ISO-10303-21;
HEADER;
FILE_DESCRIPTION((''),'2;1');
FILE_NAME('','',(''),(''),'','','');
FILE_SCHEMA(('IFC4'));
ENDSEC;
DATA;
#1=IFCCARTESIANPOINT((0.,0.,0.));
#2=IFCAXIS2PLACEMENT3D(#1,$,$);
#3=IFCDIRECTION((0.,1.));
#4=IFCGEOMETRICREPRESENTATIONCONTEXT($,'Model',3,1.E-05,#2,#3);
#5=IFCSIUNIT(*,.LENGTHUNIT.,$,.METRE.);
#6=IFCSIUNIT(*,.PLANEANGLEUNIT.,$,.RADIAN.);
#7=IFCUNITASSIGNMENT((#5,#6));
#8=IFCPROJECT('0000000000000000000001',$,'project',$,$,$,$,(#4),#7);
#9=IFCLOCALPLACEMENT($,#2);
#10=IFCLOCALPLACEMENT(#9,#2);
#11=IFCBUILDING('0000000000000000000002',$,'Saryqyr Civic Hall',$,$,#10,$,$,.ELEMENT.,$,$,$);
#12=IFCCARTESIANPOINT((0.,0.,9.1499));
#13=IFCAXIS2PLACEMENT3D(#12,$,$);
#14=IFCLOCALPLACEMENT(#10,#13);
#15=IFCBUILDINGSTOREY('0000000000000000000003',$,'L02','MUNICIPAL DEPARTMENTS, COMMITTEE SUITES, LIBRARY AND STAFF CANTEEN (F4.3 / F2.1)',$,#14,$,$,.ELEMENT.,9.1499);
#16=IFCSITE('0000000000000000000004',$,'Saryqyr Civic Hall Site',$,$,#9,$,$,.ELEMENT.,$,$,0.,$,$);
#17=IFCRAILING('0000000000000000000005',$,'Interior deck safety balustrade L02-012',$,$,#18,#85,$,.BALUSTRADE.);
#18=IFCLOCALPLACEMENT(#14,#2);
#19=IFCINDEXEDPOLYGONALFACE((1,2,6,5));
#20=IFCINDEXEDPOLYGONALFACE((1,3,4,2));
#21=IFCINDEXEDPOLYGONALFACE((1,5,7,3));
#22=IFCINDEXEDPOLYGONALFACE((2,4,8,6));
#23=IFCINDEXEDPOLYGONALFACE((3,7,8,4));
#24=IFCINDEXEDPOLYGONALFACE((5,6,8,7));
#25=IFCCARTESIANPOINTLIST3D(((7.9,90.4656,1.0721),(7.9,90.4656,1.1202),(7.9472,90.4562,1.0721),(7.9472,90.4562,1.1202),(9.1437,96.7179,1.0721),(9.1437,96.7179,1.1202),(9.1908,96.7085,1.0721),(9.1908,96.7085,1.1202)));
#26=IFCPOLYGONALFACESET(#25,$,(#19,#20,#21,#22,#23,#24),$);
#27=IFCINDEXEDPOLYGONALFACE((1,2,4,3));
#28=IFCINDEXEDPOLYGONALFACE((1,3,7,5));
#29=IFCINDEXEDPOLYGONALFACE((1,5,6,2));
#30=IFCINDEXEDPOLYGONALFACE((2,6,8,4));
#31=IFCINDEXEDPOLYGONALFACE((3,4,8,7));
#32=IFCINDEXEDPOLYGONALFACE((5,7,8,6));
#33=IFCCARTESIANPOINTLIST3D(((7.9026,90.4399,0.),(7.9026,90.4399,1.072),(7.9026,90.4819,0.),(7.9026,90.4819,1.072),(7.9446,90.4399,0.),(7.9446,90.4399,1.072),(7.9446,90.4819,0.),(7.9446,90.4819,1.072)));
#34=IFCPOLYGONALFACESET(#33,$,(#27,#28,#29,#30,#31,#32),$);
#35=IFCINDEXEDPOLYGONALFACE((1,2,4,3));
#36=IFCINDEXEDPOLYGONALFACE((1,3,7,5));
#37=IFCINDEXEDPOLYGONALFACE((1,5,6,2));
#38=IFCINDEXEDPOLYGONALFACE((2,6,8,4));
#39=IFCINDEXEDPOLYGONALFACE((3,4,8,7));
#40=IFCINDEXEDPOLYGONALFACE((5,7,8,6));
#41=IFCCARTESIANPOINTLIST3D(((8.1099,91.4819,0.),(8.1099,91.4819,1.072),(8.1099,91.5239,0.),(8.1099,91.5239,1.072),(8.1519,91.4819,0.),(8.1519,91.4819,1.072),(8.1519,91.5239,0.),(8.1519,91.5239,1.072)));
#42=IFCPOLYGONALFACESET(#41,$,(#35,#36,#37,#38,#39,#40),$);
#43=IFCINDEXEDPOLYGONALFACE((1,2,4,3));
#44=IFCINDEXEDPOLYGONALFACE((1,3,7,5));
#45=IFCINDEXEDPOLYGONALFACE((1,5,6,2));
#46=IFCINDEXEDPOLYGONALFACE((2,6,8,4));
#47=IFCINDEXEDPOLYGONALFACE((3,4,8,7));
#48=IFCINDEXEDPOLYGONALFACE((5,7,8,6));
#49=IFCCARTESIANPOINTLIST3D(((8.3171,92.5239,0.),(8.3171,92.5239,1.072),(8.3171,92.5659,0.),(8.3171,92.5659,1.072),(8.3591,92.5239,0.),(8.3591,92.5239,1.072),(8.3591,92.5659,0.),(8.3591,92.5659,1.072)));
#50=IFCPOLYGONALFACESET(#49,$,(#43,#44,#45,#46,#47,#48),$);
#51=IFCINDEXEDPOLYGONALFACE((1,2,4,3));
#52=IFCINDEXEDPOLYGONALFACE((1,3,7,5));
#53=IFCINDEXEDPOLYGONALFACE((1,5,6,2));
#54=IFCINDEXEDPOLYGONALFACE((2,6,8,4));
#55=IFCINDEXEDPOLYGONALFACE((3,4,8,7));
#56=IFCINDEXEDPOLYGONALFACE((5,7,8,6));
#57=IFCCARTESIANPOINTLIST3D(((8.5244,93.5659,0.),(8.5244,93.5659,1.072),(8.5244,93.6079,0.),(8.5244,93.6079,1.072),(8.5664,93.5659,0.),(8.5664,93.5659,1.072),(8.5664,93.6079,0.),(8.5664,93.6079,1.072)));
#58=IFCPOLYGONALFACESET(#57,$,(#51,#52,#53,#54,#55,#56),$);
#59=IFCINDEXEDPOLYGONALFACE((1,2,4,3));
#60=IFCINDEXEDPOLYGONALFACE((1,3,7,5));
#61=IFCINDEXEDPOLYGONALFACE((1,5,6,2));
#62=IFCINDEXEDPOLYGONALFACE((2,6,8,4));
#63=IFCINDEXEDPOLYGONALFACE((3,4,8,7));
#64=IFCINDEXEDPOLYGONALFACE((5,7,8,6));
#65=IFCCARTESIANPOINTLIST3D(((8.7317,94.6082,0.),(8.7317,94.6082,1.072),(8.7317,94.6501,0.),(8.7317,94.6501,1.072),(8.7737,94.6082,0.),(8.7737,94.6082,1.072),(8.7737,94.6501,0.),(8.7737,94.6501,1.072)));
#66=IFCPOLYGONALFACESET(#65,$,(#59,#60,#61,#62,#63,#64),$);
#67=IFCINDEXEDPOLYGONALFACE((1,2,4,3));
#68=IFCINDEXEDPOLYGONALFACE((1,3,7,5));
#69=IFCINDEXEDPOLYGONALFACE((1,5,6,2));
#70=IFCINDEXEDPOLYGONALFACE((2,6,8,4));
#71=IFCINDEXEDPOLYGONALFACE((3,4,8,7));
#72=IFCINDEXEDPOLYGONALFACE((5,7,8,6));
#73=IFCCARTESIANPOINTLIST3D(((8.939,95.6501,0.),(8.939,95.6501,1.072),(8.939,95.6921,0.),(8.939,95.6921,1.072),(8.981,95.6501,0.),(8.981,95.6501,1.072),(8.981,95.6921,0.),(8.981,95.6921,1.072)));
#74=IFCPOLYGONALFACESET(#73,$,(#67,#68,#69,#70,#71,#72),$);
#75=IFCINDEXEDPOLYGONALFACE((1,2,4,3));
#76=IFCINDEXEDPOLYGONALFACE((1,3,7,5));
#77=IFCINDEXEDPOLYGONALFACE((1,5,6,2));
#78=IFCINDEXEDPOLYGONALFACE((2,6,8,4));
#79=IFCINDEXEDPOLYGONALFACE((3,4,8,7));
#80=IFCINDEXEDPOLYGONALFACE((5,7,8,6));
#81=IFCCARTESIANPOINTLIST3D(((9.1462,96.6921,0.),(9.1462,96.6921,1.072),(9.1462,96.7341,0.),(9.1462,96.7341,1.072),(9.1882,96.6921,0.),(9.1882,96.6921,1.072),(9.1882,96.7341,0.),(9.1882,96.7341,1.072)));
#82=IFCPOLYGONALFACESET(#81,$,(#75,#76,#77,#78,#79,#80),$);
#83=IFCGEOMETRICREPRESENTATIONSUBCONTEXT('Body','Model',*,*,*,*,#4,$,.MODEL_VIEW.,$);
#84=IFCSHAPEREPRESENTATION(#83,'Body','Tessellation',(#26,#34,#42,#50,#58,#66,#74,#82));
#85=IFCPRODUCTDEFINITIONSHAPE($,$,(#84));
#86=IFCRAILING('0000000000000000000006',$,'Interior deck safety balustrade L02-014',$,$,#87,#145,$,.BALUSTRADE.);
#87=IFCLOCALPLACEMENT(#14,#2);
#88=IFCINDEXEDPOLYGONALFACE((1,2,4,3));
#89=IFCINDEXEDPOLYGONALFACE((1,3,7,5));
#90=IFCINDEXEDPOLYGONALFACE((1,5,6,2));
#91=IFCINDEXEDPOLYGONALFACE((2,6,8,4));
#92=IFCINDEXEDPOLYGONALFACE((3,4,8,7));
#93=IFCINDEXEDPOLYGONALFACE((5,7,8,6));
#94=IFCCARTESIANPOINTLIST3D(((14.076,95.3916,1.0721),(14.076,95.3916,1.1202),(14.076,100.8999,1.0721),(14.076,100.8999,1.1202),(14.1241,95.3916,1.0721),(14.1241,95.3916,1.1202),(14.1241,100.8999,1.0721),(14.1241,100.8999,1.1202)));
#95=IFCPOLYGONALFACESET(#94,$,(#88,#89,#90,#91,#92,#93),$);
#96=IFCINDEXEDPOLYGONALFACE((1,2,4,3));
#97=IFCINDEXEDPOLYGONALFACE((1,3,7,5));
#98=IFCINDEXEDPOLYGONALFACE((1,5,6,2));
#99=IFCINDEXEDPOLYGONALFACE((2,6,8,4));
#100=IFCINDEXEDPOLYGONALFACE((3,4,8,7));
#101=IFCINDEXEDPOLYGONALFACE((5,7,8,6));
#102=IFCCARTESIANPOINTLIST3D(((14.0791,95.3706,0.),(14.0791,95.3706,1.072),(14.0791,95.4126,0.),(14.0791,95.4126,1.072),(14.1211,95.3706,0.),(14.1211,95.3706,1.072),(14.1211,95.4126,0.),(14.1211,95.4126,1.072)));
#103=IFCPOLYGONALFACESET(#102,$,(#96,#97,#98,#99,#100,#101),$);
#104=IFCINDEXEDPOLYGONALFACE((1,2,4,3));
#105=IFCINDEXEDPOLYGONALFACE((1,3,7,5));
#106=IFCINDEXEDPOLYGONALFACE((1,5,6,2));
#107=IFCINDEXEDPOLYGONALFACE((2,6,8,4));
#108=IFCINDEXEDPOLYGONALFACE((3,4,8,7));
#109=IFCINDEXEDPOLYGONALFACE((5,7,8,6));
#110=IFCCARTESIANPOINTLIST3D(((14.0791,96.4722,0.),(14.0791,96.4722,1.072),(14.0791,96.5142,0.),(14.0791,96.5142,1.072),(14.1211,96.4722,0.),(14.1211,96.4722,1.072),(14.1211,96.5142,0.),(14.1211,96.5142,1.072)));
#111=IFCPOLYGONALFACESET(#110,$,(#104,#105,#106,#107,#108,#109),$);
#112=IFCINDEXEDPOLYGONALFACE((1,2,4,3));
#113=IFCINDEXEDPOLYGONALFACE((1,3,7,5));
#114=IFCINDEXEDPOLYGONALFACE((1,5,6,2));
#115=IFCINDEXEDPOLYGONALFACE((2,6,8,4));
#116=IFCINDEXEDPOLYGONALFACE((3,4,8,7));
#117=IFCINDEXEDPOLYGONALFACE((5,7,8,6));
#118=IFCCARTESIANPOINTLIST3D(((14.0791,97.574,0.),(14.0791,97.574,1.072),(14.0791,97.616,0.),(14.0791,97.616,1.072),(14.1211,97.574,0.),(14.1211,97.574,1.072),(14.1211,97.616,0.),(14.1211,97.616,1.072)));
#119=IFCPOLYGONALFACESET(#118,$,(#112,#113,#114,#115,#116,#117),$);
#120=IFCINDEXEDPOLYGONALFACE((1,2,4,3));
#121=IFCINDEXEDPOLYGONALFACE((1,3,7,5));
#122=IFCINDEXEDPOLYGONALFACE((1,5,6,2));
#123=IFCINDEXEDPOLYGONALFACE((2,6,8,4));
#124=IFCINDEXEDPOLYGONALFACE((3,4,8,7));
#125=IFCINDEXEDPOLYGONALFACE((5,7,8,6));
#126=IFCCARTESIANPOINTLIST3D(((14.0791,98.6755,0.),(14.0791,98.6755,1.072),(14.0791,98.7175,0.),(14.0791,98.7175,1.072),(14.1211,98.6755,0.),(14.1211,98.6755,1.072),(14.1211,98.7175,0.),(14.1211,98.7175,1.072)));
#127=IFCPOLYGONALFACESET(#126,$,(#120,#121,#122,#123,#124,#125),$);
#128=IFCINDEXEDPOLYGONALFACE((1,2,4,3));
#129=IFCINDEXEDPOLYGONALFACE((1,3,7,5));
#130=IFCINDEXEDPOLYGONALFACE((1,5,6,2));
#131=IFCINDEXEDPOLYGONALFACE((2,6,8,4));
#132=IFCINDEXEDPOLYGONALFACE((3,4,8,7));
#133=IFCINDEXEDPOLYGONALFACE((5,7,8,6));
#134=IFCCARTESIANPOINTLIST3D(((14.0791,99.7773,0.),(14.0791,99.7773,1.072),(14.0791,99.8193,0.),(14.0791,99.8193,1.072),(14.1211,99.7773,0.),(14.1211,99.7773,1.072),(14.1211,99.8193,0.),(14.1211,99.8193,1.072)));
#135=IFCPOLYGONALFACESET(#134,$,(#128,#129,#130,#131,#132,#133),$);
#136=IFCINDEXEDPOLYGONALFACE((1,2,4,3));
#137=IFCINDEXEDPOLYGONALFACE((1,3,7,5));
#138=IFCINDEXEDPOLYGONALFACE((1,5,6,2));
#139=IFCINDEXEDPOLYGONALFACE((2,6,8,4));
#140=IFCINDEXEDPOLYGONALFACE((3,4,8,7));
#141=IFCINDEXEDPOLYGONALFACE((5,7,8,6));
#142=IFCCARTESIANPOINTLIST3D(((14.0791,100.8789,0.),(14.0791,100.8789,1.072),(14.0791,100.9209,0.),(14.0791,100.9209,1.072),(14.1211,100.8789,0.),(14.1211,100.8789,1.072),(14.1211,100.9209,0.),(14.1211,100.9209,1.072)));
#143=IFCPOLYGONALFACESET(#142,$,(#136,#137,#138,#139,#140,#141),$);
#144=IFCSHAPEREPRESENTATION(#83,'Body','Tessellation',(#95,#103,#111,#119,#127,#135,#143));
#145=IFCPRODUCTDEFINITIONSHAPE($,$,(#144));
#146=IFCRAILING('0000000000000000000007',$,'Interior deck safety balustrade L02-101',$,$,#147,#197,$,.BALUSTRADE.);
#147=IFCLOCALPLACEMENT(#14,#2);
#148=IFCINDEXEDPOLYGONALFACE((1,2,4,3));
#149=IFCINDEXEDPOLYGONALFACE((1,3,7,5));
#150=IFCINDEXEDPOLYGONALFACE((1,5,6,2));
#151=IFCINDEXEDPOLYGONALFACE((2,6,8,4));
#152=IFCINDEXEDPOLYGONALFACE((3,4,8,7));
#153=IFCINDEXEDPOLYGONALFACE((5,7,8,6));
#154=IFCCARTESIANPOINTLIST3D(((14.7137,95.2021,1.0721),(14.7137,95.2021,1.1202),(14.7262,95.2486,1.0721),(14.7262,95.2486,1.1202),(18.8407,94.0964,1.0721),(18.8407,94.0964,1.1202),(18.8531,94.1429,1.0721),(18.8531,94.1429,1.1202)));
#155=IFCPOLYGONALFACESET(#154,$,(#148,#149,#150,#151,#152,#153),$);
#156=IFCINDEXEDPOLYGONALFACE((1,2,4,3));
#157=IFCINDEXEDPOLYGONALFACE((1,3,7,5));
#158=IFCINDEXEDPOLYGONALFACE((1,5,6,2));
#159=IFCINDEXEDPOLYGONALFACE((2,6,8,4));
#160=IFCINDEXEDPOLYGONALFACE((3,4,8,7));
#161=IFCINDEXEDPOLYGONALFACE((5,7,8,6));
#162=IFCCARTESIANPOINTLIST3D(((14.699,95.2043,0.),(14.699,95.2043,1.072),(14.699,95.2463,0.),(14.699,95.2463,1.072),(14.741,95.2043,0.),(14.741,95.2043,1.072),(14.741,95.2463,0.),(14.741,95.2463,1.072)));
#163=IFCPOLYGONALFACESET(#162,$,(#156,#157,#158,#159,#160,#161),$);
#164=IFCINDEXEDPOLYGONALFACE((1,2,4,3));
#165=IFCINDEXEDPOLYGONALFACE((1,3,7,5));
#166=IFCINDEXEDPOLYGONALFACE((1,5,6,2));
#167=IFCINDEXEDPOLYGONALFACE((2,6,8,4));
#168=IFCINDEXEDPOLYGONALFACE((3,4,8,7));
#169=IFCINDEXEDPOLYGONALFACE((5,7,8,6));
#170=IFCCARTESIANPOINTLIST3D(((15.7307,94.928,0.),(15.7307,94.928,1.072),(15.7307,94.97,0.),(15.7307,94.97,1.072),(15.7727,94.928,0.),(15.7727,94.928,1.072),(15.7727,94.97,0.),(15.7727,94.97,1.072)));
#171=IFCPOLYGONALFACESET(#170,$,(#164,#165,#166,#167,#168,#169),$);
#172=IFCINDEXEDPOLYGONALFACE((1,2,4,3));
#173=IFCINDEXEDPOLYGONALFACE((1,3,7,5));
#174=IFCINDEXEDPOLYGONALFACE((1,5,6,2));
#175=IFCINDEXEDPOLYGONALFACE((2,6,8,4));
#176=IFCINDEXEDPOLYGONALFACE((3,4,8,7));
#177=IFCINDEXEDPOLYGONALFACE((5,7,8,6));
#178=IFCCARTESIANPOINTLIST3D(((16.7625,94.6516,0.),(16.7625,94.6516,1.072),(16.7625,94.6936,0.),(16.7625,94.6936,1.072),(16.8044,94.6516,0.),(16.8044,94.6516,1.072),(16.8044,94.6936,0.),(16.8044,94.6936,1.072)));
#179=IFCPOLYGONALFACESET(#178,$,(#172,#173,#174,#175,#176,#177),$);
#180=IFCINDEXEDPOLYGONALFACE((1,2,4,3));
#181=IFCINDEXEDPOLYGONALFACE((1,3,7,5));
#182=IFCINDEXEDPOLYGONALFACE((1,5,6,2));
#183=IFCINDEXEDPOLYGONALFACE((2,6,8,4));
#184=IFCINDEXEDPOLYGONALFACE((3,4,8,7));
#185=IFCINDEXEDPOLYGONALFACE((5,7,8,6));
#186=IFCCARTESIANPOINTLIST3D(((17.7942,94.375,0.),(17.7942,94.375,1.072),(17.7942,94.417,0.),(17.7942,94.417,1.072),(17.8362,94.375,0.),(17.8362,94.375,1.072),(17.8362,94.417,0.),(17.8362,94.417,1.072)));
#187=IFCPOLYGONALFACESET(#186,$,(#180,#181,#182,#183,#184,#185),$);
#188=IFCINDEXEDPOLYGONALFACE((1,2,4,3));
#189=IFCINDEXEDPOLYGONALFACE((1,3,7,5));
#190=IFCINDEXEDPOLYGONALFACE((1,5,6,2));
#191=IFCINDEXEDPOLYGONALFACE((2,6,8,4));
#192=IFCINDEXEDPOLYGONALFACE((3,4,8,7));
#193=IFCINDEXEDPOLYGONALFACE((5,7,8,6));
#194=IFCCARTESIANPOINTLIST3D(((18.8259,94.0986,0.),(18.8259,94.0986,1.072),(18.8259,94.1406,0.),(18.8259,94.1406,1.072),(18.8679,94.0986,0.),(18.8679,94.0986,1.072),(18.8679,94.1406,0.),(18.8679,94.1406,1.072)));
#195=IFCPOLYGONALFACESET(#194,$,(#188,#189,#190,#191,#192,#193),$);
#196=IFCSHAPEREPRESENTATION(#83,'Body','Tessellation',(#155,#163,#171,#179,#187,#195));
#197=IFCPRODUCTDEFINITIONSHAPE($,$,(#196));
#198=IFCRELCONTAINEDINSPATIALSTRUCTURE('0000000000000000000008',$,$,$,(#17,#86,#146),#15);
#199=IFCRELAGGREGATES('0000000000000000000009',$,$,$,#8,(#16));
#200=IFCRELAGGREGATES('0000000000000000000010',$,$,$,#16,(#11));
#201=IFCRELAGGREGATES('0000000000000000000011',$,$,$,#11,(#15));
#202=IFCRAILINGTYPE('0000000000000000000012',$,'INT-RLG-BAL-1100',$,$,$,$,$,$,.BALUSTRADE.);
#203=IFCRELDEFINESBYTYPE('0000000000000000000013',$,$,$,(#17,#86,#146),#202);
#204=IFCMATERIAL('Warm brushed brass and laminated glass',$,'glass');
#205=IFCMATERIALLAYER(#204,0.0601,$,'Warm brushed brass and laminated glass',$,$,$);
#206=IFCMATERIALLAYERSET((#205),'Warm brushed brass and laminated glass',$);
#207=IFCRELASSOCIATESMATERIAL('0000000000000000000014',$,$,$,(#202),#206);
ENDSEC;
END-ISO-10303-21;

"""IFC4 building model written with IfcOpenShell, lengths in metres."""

from ifc_helpers import new_model, si_unit, direction, frame, origin, origin_2d, place, context, subcontext, project, spatial, rectangle, extrude, material, layer, layer_set, type_object, element, save


model = new_model("IFC4")

# Units and contexts
model_context = context("Model", 3, precision=1e-05, world=origin(), true_north=direction((0.0, 1.0)))
body_context = subcontext(model_context, "Body", "Model", "MODEL_VIEW")
ifc_project = project(units=[si_unit("LENGTHUNIT", "METRE"), si_unit("PLANEANGLEUNIT", "RADIAN")], contexts=[model_context])

# Site, building, storey
site_placement = place(None, origin())
site = spatial("IfcSite", under=ifc_project, at=site_placement, Name="Saryqyr Civic Hall Site", CompositionType="ELEMENT", RefElevation=0.0)
building_placement = place(site_placement, origin())
building = spatial("IfcBuilding", under=site, at=building_placement, Name="Saryqyr Civic Hall", CompositionType="ELEMENT")
storey_placement = place(building_placement, frame((0.0, 0.0, 9.1499)))
storey = spatial("IfcBuildingStorey", under=building, at=storey_placement, Name="L02", Description="MUNICIPAL DEPARTMENTS, COMMITTEE SUITES, LIBRARY AND STAFF CANTEEN (F4.3 / F2.1)", CompositionType="ELEMENT", Elevation=9.1499)

# Railings
ifc_material_1 = material(Name="Warm brushed brass and laminated glass", Category="glass")
ifc_layer_1 = layer(ifc_material_1, 0.0601, Name="Warm brushed brass and laminated glass")
ifc_layer_set_1 = layer_set([ifc_layer_1], Name="Warm brushed brass and laminated glass")
railing_type = type_object("IfcRailingType", Name="INT-RLG-BAL-1100", PredefinedType="BALUSTRADE", material=ifc_layer_set_1)
railing_1_placement = place(storey_placement, frame((7.9236, 90.4609, 0.0)))
element("IfcRailing", 1, at=railing_1_placement, inside=storey, type_object=railing_type, Name="Interior deck safety balustrade L02-012", PredefinedType="BALUSTRADE", context=body_context, shape_type="SweptSolid", body=[
    extrude(rectangle(XDim=0.0481, YDim=0.0481, at=origin_2d()), frame((0.0, 0.0, 1.0962), z_axis=(0.195092, 0.980785, 0.0), x_axis=(-0.980785, 0.195092, 0.0)), (0.0, 0.0, 1.0), 6.3748),
    extrude(rectangle(XDim=0.042, YDim=0.042, at=origin_2d()), origin(), (0.0, 0.0, 1.0), 1.072),
    extrude(rectangle(XDim=0.042, YDim=0.042, at=origin_2d()), frame((0.2073, 1.042, 0.0)), (0.0, 0.0, 1.0), 1.072),
    extrude(rectangle(XDim=0.042, YDim=0.042, at=origin_2d()), frame((0.4146, 2.084, 0.0)), (0.0, 0.0, 1.0), 1.072),
    extrude(rectangle(XDim=0.042, YDim=0.042, at=origin_2d()), frame((0.6218, 3.126, 0.0)), (0.0, 0.0, 1.0), 1.072),
    extrude(rectangle(XDim=0.042, YDim=0.042, at=origin_2d()), frame((0.8291, 4.1682, 0.0)), (0.0, 0.0, 1.0), 1.072),
    extrude(rectangle(XDim=0.042, YDim=0.042, at=origin_2d()), frame((1.0364, 5.2102, 0.0)), (0.0, 0.0, 1.0), 1.072),
    extrude(rectangle(XDim=0.042, YDim=0.042, at=origin_2d()), frame((1.2437, 6.2522, 0.0)), (0.0, 0.0, 1.0), 1.072),
])
railing_2_placement = place(storey_placement, frame((14.1001, 95.3916, 0.0)))
element("IfcRailing", 2, at=railing_2_placement, inside=storey, type_object=railing_type, Name="Interior deck safety balustrade L02-014", PredefinedType="BALUSTRADE", context=body_context, shape_type="SweptSolid", body=[
    extrude(rectangle(XDim=0.0481, YDim=0.0481, at=origin_2d()), frame((0.0, 0.0, 1.0962), z_axis=(0.0, 1.0, 0.0), x_axis=(-1.0, 0.0, 0.0)), (0.0, 0.0, 1.0), 5.5083),
    extrude(rectangle(XDim=0.042, YDim=0.042, at=origin_2d()), origin(), (0.0, 0.0, 1.0), 1.072),
    extrude(rectangle(XDim=0.042, YDim=0.042, at=origin_2d()), frame((0.0, 1.1016, 0.0)), (0.0, 0.0, 1.0), 1.072),
    extrude(rectangle(XDim=0.042, YDim=0.042, at=origin_2d()), frame((0.0, 2.2034, 0.0)), (0.0, 0.0, 1.0), 1.072),
    extrude(rectangle(XDim=0.042, YDim=0.042, at=origin_2d()), frame((0.0, 3.3049, 0.0)), (0.0, 0.0, 1.0), 1.072),
    extrude(rectangle(XDim=0.042, YDim=0.042, at=origin_2d()), frame((0.0, 4.4067, 0.0)), (0.0, 0.0, 1.0), 1.072),
    extrude(rectangle(XDim=0.042, YDim=0.042, at=origin_2d()), frame((0.0, 5.5083, 0.0)), (0.0, 0.0, 1.0), 1.072),
])
railing_3_placement = place(storey_placement, frame((14.72, 95.2253, 0.0)))
element("IfcRailing", 3, at=railing_3_placement, inside=storey, type_object=railing_type, Name="Interior deck safety balustrade L02-101", PredefinedType="BALUSTRADE", context=body_context, shape_type="SweptSolid", body=[
    extrude(rectangle(XDim=0.0481, YDim=0.0481, at=origin_2d()), frame((0.0, 0.0, 1.0962), z_axis=(0.965932, -0.258797, 0.0), x_axis=(0.258797, 0.965932, 0.0)), (0.0, 0.0, 1.0), 4.2725),
    extrude(rectangle(XDim=0.042, YDim=0.042, at=origin_2d()), origin(), (0.0, 0.0, 1.0), 1.072),
    extrude(rectangle(XDim=0.042, YDim=0.042, at=origin_2d()), frame((1.0317, -0.2764, 0.0)), (0.0, 0.0, 1.0), 1.072),
    extrude(rectangle(XDim=0.042, YDim=0.042, at=origin_2d()), frame((2.0635, -0.5527, 0.0)), (0.0, 0.0, 1.0), 1.072),
    extrude(rectangle(XDim=0.042, YDim=0.042, at=origin_2d()), frame((3.0952, -0.8293, 0.0)), (0.0, 0.0, 1.0), 1.072),
    extrude(rectangle(XDim=0.042, YDim=0.042, at=origin_2d()), frame((4.127, -1.1057, 0.0)), (0.0, 0.0, 1.0), 1.072),
])

save(model, "model.ifc")
